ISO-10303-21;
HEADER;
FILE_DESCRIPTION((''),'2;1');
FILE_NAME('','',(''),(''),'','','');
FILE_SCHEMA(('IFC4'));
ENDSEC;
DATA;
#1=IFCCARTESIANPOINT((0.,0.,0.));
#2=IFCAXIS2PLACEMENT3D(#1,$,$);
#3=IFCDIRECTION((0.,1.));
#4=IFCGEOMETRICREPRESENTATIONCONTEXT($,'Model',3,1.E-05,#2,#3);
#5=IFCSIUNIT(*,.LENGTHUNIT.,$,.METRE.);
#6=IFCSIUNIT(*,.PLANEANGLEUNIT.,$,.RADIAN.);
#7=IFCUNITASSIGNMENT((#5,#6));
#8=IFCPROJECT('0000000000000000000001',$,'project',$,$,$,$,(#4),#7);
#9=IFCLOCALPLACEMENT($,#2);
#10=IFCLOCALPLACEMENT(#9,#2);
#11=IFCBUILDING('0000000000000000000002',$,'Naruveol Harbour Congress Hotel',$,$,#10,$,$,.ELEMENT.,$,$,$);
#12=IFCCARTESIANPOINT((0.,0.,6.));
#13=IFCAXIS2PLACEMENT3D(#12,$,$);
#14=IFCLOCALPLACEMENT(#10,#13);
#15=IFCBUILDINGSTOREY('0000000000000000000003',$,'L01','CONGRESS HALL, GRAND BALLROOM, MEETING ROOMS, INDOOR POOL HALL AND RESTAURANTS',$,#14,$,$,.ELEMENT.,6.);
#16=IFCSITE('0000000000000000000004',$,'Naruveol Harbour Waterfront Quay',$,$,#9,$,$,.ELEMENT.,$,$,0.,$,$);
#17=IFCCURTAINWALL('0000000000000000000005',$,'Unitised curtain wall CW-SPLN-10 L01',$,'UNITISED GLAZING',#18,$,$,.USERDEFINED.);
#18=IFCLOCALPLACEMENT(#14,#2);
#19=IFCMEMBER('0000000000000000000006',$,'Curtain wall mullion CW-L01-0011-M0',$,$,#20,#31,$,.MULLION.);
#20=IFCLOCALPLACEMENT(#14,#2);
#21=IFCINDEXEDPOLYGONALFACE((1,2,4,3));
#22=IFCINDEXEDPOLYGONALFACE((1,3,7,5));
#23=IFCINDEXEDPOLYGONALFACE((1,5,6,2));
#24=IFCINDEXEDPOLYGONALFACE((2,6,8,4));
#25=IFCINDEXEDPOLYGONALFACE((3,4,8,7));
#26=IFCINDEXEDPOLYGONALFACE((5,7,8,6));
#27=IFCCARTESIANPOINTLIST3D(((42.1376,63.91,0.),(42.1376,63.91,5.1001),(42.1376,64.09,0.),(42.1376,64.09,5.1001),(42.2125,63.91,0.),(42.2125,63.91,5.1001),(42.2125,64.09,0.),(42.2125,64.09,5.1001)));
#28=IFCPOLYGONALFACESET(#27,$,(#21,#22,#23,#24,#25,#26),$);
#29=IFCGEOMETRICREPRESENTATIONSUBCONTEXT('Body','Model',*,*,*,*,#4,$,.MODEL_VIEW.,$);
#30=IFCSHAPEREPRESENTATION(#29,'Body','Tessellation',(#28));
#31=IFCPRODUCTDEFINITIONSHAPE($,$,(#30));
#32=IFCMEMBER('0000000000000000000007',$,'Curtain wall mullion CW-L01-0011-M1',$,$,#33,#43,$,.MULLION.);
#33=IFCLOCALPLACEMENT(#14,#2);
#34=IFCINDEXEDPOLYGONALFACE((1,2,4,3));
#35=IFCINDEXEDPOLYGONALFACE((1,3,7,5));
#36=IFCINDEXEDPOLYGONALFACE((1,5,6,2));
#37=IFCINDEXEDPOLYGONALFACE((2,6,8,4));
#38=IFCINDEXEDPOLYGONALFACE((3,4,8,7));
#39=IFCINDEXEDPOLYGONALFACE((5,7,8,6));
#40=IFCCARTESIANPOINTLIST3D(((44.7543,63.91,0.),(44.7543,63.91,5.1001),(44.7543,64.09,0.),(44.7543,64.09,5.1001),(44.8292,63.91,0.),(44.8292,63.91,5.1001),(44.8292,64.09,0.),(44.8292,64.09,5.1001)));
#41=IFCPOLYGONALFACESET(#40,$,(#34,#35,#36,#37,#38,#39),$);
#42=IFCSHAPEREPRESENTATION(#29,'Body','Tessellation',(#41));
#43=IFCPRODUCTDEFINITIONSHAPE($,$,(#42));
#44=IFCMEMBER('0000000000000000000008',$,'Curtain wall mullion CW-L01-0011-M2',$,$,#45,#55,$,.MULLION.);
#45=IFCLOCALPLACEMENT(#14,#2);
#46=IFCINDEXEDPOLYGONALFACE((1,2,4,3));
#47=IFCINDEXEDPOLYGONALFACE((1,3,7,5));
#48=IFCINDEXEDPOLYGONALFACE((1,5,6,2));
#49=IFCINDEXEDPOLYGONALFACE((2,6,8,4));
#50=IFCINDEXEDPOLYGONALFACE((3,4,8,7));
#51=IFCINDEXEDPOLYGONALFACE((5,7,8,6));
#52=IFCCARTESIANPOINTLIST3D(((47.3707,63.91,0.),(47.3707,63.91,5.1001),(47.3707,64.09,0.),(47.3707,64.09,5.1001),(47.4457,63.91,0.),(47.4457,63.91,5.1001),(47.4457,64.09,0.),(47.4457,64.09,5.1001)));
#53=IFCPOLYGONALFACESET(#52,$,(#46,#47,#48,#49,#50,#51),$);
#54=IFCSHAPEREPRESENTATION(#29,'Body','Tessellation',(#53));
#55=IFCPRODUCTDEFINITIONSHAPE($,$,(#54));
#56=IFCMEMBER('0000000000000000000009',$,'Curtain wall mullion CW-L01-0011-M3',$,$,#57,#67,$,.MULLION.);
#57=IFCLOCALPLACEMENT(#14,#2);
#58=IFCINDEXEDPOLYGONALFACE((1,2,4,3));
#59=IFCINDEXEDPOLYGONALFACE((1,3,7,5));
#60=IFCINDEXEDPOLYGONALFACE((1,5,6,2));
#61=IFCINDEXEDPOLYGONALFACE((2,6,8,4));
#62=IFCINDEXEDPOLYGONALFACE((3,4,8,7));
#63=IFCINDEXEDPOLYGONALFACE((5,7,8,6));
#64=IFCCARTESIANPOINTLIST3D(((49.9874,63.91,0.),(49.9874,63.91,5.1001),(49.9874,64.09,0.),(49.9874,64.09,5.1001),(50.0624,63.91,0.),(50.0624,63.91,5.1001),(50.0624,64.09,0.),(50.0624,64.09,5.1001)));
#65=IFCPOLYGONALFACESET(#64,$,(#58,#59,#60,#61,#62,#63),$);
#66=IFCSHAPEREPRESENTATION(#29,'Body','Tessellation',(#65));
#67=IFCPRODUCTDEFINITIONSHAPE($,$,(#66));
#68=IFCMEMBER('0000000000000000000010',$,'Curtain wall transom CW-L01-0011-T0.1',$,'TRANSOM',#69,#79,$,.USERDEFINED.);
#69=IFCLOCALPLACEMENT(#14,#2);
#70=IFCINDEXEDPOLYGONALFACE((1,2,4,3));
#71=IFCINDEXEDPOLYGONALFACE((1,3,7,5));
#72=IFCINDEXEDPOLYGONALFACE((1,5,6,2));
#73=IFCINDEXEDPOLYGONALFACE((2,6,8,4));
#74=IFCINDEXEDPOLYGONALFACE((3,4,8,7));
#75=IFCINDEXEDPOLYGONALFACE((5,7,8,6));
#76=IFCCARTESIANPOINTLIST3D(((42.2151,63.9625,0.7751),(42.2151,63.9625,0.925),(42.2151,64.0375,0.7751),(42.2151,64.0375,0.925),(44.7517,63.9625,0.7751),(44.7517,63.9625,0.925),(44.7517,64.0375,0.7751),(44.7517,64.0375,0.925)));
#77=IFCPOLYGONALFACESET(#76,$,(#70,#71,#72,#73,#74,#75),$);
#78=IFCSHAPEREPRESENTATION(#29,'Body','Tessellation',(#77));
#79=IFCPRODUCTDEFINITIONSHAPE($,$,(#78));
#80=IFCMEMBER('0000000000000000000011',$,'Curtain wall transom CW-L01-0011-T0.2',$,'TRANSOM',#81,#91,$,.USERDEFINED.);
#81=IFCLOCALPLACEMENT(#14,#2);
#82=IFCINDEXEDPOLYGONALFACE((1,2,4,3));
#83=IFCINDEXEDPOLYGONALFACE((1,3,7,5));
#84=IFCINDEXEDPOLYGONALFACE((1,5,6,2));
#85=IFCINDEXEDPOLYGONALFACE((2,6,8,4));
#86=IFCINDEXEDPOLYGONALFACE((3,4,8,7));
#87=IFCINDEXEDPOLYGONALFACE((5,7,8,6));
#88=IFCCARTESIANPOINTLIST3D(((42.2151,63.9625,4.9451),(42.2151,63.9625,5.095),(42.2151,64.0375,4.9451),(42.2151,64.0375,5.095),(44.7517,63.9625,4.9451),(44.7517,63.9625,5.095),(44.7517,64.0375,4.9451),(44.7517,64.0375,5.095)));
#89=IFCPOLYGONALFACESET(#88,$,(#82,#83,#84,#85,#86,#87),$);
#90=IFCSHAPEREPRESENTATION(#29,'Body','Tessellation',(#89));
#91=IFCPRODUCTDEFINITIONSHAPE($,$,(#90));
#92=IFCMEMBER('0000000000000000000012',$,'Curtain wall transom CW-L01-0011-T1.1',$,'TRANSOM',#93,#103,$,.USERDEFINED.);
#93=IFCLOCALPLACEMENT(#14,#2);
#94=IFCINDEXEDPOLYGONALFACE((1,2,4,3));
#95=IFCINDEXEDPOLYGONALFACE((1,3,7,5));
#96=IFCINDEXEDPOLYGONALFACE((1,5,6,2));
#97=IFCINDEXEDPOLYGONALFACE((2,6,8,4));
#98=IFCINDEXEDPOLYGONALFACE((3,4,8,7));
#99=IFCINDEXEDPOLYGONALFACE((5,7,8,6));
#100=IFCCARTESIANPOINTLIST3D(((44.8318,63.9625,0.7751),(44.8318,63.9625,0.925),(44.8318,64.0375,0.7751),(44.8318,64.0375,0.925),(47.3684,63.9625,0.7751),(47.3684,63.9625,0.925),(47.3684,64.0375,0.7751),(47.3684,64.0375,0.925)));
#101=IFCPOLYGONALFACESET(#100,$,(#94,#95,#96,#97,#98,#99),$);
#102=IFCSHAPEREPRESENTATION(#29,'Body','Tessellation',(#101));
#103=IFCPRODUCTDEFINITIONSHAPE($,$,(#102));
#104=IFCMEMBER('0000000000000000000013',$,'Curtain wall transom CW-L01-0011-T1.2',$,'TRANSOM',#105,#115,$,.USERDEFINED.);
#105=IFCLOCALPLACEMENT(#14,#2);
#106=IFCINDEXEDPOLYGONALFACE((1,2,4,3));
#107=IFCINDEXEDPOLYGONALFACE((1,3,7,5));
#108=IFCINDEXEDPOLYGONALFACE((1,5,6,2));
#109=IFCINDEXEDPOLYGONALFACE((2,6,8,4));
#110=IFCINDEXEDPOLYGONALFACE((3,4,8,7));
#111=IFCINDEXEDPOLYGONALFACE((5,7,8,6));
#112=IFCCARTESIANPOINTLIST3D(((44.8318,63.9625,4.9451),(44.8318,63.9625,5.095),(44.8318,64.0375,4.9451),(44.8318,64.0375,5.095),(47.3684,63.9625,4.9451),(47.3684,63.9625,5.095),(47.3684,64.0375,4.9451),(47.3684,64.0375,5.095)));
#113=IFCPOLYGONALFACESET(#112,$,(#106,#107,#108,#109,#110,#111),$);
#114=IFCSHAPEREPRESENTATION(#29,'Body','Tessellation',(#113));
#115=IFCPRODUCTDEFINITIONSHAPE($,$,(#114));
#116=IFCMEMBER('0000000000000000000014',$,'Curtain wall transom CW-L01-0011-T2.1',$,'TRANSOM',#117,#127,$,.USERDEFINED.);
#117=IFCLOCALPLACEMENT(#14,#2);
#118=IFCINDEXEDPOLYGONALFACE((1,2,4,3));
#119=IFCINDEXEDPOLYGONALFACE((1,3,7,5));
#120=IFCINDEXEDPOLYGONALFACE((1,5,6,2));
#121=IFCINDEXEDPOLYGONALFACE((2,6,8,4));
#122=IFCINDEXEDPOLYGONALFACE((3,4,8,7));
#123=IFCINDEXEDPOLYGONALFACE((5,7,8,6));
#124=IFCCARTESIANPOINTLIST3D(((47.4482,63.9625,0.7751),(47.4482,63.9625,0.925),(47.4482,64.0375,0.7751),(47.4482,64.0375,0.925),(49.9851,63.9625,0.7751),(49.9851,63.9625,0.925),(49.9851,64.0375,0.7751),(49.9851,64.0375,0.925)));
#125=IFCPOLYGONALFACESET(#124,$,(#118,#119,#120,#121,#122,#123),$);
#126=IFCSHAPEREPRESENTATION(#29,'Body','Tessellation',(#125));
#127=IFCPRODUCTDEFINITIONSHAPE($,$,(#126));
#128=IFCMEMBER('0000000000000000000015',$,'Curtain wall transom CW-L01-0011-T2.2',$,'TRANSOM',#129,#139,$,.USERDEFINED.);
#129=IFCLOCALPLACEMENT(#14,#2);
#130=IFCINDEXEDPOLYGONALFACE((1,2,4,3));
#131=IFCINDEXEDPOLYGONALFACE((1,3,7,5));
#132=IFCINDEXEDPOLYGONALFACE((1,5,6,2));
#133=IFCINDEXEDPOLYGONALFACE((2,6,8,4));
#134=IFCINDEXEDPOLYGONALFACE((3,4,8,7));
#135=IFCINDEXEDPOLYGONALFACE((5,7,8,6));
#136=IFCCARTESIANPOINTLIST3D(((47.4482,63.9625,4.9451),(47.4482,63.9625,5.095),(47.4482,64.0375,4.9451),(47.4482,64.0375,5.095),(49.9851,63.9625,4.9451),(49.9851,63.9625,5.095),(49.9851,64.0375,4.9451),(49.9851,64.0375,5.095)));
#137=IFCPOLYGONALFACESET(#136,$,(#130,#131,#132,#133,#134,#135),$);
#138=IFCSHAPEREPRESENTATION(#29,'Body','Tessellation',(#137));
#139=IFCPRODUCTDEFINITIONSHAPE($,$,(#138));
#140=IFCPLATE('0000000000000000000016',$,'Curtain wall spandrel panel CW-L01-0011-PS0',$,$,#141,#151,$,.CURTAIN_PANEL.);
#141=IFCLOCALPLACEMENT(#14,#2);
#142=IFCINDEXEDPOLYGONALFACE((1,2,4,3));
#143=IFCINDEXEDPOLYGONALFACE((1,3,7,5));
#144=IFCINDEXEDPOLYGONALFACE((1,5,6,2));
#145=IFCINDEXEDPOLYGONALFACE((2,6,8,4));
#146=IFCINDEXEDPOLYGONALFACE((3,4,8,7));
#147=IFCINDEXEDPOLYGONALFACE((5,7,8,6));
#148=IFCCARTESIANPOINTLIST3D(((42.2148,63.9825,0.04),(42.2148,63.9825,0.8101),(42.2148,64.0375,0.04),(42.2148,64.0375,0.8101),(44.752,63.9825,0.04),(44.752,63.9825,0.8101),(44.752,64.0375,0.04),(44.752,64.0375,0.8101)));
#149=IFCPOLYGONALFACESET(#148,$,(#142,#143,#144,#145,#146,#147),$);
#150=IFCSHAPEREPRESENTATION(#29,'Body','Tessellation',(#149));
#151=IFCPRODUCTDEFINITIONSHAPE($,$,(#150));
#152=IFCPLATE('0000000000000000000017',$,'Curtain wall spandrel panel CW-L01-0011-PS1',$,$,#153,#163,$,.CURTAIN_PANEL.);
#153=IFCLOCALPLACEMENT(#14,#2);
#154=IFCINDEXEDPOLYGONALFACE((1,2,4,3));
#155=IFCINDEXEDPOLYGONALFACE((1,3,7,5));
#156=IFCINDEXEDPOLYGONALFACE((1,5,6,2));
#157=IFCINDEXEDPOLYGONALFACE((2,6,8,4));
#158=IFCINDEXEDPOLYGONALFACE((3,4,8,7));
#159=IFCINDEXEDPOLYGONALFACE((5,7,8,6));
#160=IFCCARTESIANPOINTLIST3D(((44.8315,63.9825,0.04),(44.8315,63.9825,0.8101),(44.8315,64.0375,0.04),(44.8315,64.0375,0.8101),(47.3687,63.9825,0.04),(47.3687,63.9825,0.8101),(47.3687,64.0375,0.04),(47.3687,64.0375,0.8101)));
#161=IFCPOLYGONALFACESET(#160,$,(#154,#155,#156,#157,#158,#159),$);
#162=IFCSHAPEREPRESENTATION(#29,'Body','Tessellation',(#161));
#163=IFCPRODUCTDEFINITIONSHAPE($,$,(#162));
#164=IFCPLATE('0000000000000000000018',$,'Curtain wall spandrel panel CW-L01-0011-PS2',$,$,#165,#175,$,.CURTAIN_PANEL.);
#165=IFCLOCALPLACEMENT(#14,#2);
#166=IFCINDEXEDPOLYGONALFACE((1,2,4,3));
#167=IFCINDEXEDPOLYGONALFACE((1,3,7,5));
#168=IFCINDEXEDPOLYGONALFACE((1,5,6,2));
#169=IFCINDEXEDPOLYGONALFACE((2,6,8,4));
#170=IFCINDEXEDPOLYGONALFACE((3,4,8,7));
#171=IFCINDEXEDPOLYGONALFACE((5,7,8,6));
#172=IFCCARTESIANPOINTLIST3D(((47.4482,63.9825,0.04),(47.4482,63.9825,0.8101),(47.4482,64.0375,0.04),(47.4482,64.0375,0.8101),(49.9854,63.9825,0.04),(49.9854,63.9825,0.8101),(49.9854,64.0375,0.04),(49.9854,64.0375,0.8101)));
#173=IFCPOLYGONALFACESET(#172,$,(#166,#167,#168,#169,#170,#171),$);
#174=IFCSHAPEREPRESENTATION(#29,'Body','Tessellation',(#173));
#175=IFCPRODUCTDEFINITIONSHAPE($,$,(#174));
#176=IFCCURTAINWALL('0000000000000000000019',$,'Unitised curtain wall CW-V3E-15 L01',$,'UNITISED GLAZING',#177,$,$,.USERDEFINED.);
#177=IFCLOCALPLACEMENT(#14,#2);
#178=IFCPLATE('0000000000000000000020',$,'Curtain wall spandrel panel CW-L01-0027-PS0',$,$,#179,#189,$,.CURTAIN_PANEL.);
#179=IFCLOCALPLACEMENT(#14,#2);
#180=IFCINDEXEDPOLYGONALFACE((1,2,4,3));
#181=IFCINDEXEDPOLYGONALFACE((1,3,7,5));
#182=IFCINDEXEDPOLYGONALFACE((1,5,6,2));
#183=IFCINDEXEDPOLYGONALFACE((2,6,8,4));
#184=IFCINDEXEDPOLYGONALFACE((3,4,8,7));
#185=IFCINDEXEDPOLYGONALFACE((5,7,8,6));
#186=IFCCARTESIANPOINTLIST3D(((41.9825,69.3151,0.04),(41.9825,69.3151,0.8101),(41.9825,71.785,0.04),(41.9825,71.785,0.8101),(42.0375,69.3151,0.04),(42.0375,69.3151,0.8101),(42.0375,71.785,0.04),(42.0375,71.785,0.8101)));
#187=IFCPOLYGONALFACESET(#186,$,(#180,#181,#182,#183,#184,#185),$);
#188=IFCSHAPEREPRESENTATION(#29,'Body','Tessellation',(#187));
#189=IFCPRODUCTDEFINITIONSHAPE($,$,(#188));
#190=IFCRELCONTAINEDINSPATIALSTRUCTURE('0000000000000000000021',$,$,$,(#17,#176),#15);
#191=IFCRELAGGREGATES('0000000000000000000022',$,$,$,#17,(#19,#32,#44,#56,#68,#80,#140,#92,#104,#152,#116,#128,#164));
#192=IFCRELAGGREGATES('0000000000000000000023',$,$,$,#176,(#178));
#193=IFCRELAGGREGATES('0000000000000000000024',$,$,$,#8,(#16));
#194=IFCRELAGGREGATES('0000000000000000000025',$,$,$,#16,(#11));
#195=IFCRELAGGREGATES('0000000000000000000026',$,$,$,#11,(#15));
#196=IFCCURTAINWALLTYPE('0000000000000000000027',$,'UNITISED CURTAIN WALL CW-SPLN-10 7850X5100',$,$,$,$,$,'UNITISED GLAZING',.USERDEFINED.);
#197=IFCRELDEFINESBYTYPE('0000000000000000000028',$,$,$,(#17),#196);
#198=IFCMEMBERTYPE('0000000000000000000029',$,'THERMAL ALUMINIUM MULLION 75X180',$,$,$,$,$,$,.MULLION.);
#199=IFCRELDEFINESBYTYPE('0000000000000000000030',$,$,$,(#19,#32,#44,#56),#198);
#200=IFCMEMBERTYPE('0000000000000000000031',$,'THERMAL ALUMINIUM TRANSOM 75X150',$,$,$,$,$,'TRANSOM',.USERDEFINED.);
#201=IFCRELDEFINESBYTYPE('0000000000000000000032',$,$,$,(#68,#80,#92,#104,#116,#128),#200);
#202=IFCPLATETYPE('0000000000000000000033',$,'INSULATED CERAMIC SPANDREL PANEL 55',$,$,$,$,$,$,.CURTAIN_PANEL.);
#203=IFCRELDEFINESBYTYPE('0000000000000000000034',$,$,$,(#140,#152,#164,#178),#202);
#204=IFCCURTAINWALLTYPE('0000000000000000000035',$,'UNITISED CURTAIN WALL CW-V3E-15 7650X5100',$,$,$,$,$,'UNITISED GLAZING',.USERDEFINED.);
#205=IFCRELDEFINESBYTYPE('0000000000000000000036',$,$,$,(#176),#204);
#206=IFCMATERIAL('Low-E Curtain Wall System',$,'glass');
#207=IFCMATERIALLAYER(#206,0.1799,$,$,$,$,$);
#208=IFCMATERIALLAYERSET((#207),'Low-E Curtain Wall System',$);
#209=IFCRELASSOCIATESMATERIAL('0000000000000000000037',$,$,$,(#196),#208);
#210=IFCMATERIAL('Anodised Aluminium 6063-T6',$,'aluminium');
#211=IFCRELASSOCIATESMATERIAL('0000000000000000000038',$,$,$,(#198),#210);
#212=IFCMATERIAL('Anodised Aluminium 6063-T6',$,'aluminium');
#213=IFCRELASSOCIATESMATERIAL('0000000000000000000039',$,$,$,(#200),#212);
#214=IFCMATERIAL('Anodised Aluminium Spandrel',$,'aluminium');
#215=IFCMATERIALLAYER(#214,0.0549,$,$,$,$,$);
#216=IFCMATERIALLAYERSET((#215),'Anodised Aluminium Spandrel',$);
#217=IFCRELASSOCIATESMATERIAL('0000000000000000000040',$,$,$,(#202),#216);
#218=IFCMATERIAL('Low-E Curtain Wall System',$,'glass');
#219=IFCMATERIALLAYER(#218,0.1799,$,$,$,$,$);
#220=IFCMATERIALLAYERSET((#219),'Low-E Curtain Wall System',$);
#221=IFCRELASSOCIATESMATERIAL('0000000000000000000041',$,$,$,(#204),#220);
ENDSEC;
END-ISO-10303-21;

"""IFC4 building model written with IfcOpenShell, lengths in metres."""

from ifc_helpers import new_model, si_unit, direction, frame, origin, origin_2d, place, context, subcontext, project, spatial, rectangle, extrude, material, layer, layer_set, material_profile, profile_set, type_object, element, aggregate, save


model = new_model("IFC4")

# Units and contexts
model_context = context("Model", 3, precision=1e-05, world=origin(), true_north=direction((0.0, 1.0)))
body_context = subcontext(model_context, "Body", "Model", "MODEL_VIEW")
ifc_project = project(units=[si_unit("LENGTHUNIT", "METRE"), si_unit("PLANEANGLEUNIT", "RADIAN")], contexts=[model_context])

# Site, building, storey
site_placement = place(None, origin())
site = spatial("IfcSite", under=ifc_project, at=site_placement, Name="Naruveol Harbour Waterfront Quay", CompositionType="ELEMENT", RefElevation=0.0)
building_placement = place(site_placement, origin())
building = spatial("IfcBuilding", under=site, at=building_placement, Name="Naruveol Harbour Congress Hotel", CompositionType="ELEMENT")
storey_placement = place(building_placement, frame((0.0, 0.0, 6.0)))
storey = spatial("IfcBuildingStorey", under=building, at=storey_placement, Name="L01", Description="CONGRESS HALL, GRAND BALLROOM, MEETING ROOMS, INDOOR POOL HALL AND RESTAURANTS", CompositionType="ELEMENT", Elevation=6.0)

# Curtain wall, members, plates
ifc_material_1 = material(Name="Low-E Curtain Wall System", Category="glass")
ifc_layer_1 = layer(ifc_material_1, 0.1799)
ifc_layer_set_1 = layer_set([ifc_layer_1], Name="Low-E Curtain Wall System")
curtain_wall_type_1 = type_object("IfcCurtainWallType", Name="UNITISED CURTAIN WALL CW-SPLN-10 7850X5100", ElementType="UNITISED GLAZING", PredefinedType="USERDEFINED", material=ifc_layer_set_1)
curtain_wall_1_placement = place(storey_placement, origin())
curtain_wall_1 = element("IfcCurtainWall", 1, at=curtain_wall_1_placement, inside=storey, type_object=curtain_wall_type_1, Name="Unitised curtain wall CW-SPLN-10 L01", ObjectType="UNITISED GLAZING", PredefinedType="USERDEFINED")
ifc_material_2 = material(Name="Anodised Aluminium 6063-T6", Category="aluminium")
ifc_material_profile_1 = material_profile(ifc_material_2, rectangle(XDim=0.075, YDim=0.1799, at=origin_2d()), Name="ALU-75x180")
ifc_profile_set_1 = profile_set([ifc_material_profile_1], Name="Anodised Aluminium 6063-T6")
member_type_1 = type_object("IfcMemberType", Name="THERMAL ALUMINIUM MULLION 75X180", PredefinedType="MULLION", material=ifc_profile_set_1)
member_1_placement = place(storey_placement, frame((42.175, 64.0, 0.0), z_axis=(0.0, 0.0, 1.0), x_axis=(1.0, 0.0, 0.0)))
member_1 = element("IfcMember", 2, at=member_1_placement, type_object=member_type_1, Name="Curtain wall mullion CW-L01-0011-M0", PredefinedType="MULLION", context=body_context, shape_type="SweptSolid", body=[
    extrude(rectangle(XDim=0.075, YDim=0.1799, at=origin_2d()), origin(), (0.0, 0.0, 1.0), 5.1001),
])
member_2_placement = place(storey_placement, frame((44.7917, 64.0, 0.0), z_axis=(0.0, 0.0, 1.0), x_axis=(1.0, 0.0, 0.0)))
member_2 = element("IfcMember", 3, at=member_2_placement, type_object=member_type_1, Name="Curtain wall mullion CW-L01-0011-M1", PredefinedType="MULLION", context=body_context, shape_type="SweptSolid", body=[
    extrude(rectangle(XDim=0.075, YDim=0.1799, at=origin_2d()), origin(), (0.0, 0.0, 1.0), 5.1001),
])
member_3_placement = place(storey_placement, frame((47.4082, 64.0, 0.0), z_axis=(0.0, 0.0, 1.0), x_axis=(1.0, 0.0, 0.0)))
member_3 = element("IfcMember", 4, at=member_3_placement, type_object=member_type_1, Name="Curtain wall mullion CW-L01-0011-M2", PredefinedType="MULLION", context=body_context, shape_type="SweptSolid", body=[
    extrude(rectangle(XDim=0.075, YDim=0.1799, at=origin_2d()), origin(), (0.0, 0.0, 1.0), 5.1001),
])
member_4_placement = place(storey_placement, frame((50.0249, 64.0, 0.0), z_axis=(0.0, 0.0, 1.0), x_axis=(1.0, 0.0, 0.0)))
member_4 = element("IfcMember", 5, at=member_4_placement, type_object=member_type_1, Name="Curtain wall mullion CW-L01-0011-M3", PredefinedType="MULLION", context=body_context, shape_type="SweptSolid", body=[
    extrude(rectangle(XDim=0.075, YDim=0.1799, at=origin_2d()), origin(), (0.0, 0.0, 1.0), 5.1001),
])
ifc_material_3 = material(Name="Anodised Aluminium 6063-T6", Category="aluminium")
ifc_material_profile_2 = material_profile(ifc_material_3, rectangle(XDim=0.075, YDim=0.1499, at=origin_2d()), Name="ALU-75x150")
ifc_profile_set_2 = profile_set([ifc_material_profile_2], Name="Anodised Aluminium 6063-T6")
member_type_2 = type_object("IfcMemberType", Name="THERMAL ALUMINIUM TRANSOM 75X150", ElementType="TRANSOM", PredefinedType="USERDEFINED", material=ifc_profile_set_2)
member_5_placement = place(storey_placement, frame((42.2151, 64.0, 0.8501), z_axis=(1.0, 0.0, 0.0), x_axis=(0.0, 1.0, 0.0)))
member_5 = element("IfcMember", 6, at=member_5_placement, type_object=member_type_2, Name="Curtain wall transom CW-L01-0011-T0.1", ObjectType="TRANSOM", PredefinedType="USERDEFINED", context=body_context, shape_type="SweptSolid", body=[
    extrude(rectangle(XDim=0.075, YDim=0.1499, at=origin_2d()), origin(), (0.0, 0.0, 1.0), 2.5366),
])
member_6_placement = place(storey_placement, frame((42.2151, 64.0, 5.02), z_axis=(1.0, 0.0, 0.0), x_axis=(0.0, 1.0, 0.0)))
member_6 = element("IfcMember", 7, at=member_6_placement, type_object=member_type_2, Name="Curtain wall transom CW-L01-0011-T0.2", ObjectType="TRANSOM", PredefinedType="USERDEFINED", context=body_context, shape_type="SweptSolid", body=[
    extrude(rectangle(XDim=0.075, YDim=0.1499, at=origin_2d()), origin(), (0.0, 0.0, 1.0), 2.5366),
])
member_7_placement = place(storey_placement, frame((44.8318, 64.0, 0.8501), z_axis=(1.0, 0.0, 0.0), x_axis=(0.0, 1.0, 0.0)))
member_7 = element("IfcMember", 8, at=member_7_placement, type_object=member_type_2, Name="Curtain wall transom CW-L01-0011-T1.1", ObjectType="TRANSOM", PredefinedType="USERDEFINED", context=body_context, shape_type="SweptSolid", body=[
    extrude(rectangle(XDim=0.075, YDim=0.1499, at=origin_2d()), origin(), (0.0, 0.0, 1.0), 2.5366),
])
member_8_placement = place(storey_placement, frame((44.8318, 64.0, 5.02), z_axis=(1.0, 0.0, 0.0), x_axis=(0.0, 1.0, 0.0)))
member_8 = element("IfcMember", 9, at=member_8_placement, type_object=member_type_2, Name="Curtain wall transom CW-L01-0011-T1.2", ObjectType="TRANSOM", PredefinedType="USERDEFINED", context=body_context, shape_type="SweptSolid", body=[
    extrude(rectangle(XDim=0.075, YDim=0.1499, at=origin_2d()), origin(), (0.0, 0.0, 1.0), 2.5366),
])
member_9_placement = place(storey_placement, frame((47.4482, 64.0, 0.8501), z_axis=(1.0, 0.0, 0.0), x_axis=(0.0, 1.0, 0.0)))
member_9 = element("IfcMember", 10, at=member_9_placement, type_object=member_type_2, Name="Curtain wall transom CW-L01-0011-T2.1", ObjectType="TRANSOM", PredefinedType="USERDEFINED", context=body_context, shape_type="SweptSolid", body=[
    extrude(rectangle(XDim=0.075, YDim=0.1499, at=origin_2d()), origin(), (0.0, 0.0, 1.0), 2.5369),
])
member_10_placement = place(storey_placement, frame((47.4482, 64.0, 5.02), z_axis=(1.0, 0.0, 0.0), x_axis=(0.0, 1.0, 0.0)))
member_10 = element("IfcMember", 11, at=member_10_placement, type_object=member_type_2, Name="Curtain wall transom CW-L01-0011-T2.2", ObjectType="TRANSOM", PredefinedType="USERDEFINED", context=body_context, shape_type="SweptSolid", body=[
    extrude(rectangle(XDim=0.075, YDim=0.1499, at=origin_2d()), origin(), (0.0, 0.0, 1.0), 2.5369),
])
ifc_material_4 = material(Name="Anodised Aluminium Spandrel", Category="aluminium")
ifc_layer_2 = layer(ifc_material_4, 0.0549)
ifc_layer_set_2 = layer_set([ifc_layer_2], Name="Anodised Aluminium Spandrel")
plate_type_1 = type_object("IfcPlateType", Name="INSULATED CERAMIC SPANDREL PANEL 55", PredefinedType="CURTAIN_PANEL", material=ifc_layer_set_2)
plate_1_placement = place(storey_placement, frame((43.4834, 64.01, 0.04), z_axis=(0.0, 0.0, 1.0), x_axis=(1.0, 0.0, 0.0)))
plate_1 = element("IfcPlate", 12, at=plate_1_placement, type_object=plate_type_1, Name="Curtain wall spandrel panel CW-L01-0011-PS0", PredefinedType="CURTAIN_PANEL", context=body_context, shape_type="SweptSolid", body=[
    extrude(rectangle(XDim=2.5371, YDim=0.0549, at=origin_2d()), origin(), (0.0, 0.0, 1.0), 0.77),
])
plate_2_placement = place(storey_placement, frame((46.1001, 64.01, 0.04), z_axis=(0.0, 0.0, 1.0), x_axis=(1.0, 0.0, 0.0)))
plate_2 = element("IfcPlate", 13, at=plate_2_placement, type_object=plate_type_1, Name="Curtain wall spandrel panel CW-L01-0011-PS1", PredefinedType="CURTAIN_PANEL", context=body_context, shape_type="SweptSolid", body=[
    extrude(rectangle(XDim=2.5371, YDim=0.0549, at=origin_2d()), origin(), (0.0, 0.0, 1.0), 0.77),
])
plate_3_placement = place(storey_placement, frame((48.7168, 64.01, 0.04), z_axis=(0.0, 0.0, 1.0), x_axis=(1.0, 0.0, 0.0)))
plate_3 = element("IfcPlate", 14, at=plate_3_placement, type_object=plate_type_1, Name="Curtain wall spandrel panel CW-L01-0011-PS2", PredefinedType="CURTAIN_PANEL", context=body_context, shape_type="SweptSolid", body=[
    extrude(rectangle(XDim=2.5371, YDim=0.0549, at=origin_2d()), origin(), (0.0, 0.0, 1.0), 0.77),
])

# Curtain wall, plate
ifc_material_5 = material(Name="Low-E Curtain Wall System", Category="glass")
ifc_layer_3 = layer(ifc_material_5, 0.1799)
ifc_layer_set_3 = layer_set([ifc_layer_3], Name="Low-E Curtain Wall System")
curtain_wall_type_2 = type_object("IfcCurtainWallType", Name="UNITISED CURTAIN WALL CW-V3E-15 7650X5100", ElementType="UNITISED GLAZING", PredefinedType="USERDEFINED", material=ifc_layer_set_3)
curtain_wall_2_placement = place(storey_placement, origin())
curtain_wall_2 = element("IfcCurtainWall", 15, at=curtain_wall_2_placement, inside=storey, type_object=curtain_wall_type_2, Name="Unitised curtain wall CW-V3E-15 L01", ObjectType="UNITISED GLAZING", PredefinedType="USERDEFINED")
plate_4_placement = place(storey_placement, frame((42.01, 70.55, 0.04), z_axis=(0.0, 0.0, 1.0), x_axis=(0.0, -1.0, 0.0)))
plate_4 = element("IfcPlate", 16, at=plate_4_placement, type_object=plate_type_1, Name="Curtain wall spandrel panel CW-L01-0027-PS0", PredefinedType="CURTAIN_PANEL", context=body_context, shape_type="SweptSolid", body=[
    extrude(rectangle(XDim=2.47, YDim=0.0549, at=origin_2d()), origin(), (0.0, 0.0, 1.0), 0.77),
])

aggregate(curtain_wall_1, [member_1, member_2, member_3, member_4, member_5, member_6, plate_1, member_7, member_8, plate_2, member_9, member_10, plate_3])
aggregate(curtain_wall_2, [plate_4])

save(model, "model.ifc")
